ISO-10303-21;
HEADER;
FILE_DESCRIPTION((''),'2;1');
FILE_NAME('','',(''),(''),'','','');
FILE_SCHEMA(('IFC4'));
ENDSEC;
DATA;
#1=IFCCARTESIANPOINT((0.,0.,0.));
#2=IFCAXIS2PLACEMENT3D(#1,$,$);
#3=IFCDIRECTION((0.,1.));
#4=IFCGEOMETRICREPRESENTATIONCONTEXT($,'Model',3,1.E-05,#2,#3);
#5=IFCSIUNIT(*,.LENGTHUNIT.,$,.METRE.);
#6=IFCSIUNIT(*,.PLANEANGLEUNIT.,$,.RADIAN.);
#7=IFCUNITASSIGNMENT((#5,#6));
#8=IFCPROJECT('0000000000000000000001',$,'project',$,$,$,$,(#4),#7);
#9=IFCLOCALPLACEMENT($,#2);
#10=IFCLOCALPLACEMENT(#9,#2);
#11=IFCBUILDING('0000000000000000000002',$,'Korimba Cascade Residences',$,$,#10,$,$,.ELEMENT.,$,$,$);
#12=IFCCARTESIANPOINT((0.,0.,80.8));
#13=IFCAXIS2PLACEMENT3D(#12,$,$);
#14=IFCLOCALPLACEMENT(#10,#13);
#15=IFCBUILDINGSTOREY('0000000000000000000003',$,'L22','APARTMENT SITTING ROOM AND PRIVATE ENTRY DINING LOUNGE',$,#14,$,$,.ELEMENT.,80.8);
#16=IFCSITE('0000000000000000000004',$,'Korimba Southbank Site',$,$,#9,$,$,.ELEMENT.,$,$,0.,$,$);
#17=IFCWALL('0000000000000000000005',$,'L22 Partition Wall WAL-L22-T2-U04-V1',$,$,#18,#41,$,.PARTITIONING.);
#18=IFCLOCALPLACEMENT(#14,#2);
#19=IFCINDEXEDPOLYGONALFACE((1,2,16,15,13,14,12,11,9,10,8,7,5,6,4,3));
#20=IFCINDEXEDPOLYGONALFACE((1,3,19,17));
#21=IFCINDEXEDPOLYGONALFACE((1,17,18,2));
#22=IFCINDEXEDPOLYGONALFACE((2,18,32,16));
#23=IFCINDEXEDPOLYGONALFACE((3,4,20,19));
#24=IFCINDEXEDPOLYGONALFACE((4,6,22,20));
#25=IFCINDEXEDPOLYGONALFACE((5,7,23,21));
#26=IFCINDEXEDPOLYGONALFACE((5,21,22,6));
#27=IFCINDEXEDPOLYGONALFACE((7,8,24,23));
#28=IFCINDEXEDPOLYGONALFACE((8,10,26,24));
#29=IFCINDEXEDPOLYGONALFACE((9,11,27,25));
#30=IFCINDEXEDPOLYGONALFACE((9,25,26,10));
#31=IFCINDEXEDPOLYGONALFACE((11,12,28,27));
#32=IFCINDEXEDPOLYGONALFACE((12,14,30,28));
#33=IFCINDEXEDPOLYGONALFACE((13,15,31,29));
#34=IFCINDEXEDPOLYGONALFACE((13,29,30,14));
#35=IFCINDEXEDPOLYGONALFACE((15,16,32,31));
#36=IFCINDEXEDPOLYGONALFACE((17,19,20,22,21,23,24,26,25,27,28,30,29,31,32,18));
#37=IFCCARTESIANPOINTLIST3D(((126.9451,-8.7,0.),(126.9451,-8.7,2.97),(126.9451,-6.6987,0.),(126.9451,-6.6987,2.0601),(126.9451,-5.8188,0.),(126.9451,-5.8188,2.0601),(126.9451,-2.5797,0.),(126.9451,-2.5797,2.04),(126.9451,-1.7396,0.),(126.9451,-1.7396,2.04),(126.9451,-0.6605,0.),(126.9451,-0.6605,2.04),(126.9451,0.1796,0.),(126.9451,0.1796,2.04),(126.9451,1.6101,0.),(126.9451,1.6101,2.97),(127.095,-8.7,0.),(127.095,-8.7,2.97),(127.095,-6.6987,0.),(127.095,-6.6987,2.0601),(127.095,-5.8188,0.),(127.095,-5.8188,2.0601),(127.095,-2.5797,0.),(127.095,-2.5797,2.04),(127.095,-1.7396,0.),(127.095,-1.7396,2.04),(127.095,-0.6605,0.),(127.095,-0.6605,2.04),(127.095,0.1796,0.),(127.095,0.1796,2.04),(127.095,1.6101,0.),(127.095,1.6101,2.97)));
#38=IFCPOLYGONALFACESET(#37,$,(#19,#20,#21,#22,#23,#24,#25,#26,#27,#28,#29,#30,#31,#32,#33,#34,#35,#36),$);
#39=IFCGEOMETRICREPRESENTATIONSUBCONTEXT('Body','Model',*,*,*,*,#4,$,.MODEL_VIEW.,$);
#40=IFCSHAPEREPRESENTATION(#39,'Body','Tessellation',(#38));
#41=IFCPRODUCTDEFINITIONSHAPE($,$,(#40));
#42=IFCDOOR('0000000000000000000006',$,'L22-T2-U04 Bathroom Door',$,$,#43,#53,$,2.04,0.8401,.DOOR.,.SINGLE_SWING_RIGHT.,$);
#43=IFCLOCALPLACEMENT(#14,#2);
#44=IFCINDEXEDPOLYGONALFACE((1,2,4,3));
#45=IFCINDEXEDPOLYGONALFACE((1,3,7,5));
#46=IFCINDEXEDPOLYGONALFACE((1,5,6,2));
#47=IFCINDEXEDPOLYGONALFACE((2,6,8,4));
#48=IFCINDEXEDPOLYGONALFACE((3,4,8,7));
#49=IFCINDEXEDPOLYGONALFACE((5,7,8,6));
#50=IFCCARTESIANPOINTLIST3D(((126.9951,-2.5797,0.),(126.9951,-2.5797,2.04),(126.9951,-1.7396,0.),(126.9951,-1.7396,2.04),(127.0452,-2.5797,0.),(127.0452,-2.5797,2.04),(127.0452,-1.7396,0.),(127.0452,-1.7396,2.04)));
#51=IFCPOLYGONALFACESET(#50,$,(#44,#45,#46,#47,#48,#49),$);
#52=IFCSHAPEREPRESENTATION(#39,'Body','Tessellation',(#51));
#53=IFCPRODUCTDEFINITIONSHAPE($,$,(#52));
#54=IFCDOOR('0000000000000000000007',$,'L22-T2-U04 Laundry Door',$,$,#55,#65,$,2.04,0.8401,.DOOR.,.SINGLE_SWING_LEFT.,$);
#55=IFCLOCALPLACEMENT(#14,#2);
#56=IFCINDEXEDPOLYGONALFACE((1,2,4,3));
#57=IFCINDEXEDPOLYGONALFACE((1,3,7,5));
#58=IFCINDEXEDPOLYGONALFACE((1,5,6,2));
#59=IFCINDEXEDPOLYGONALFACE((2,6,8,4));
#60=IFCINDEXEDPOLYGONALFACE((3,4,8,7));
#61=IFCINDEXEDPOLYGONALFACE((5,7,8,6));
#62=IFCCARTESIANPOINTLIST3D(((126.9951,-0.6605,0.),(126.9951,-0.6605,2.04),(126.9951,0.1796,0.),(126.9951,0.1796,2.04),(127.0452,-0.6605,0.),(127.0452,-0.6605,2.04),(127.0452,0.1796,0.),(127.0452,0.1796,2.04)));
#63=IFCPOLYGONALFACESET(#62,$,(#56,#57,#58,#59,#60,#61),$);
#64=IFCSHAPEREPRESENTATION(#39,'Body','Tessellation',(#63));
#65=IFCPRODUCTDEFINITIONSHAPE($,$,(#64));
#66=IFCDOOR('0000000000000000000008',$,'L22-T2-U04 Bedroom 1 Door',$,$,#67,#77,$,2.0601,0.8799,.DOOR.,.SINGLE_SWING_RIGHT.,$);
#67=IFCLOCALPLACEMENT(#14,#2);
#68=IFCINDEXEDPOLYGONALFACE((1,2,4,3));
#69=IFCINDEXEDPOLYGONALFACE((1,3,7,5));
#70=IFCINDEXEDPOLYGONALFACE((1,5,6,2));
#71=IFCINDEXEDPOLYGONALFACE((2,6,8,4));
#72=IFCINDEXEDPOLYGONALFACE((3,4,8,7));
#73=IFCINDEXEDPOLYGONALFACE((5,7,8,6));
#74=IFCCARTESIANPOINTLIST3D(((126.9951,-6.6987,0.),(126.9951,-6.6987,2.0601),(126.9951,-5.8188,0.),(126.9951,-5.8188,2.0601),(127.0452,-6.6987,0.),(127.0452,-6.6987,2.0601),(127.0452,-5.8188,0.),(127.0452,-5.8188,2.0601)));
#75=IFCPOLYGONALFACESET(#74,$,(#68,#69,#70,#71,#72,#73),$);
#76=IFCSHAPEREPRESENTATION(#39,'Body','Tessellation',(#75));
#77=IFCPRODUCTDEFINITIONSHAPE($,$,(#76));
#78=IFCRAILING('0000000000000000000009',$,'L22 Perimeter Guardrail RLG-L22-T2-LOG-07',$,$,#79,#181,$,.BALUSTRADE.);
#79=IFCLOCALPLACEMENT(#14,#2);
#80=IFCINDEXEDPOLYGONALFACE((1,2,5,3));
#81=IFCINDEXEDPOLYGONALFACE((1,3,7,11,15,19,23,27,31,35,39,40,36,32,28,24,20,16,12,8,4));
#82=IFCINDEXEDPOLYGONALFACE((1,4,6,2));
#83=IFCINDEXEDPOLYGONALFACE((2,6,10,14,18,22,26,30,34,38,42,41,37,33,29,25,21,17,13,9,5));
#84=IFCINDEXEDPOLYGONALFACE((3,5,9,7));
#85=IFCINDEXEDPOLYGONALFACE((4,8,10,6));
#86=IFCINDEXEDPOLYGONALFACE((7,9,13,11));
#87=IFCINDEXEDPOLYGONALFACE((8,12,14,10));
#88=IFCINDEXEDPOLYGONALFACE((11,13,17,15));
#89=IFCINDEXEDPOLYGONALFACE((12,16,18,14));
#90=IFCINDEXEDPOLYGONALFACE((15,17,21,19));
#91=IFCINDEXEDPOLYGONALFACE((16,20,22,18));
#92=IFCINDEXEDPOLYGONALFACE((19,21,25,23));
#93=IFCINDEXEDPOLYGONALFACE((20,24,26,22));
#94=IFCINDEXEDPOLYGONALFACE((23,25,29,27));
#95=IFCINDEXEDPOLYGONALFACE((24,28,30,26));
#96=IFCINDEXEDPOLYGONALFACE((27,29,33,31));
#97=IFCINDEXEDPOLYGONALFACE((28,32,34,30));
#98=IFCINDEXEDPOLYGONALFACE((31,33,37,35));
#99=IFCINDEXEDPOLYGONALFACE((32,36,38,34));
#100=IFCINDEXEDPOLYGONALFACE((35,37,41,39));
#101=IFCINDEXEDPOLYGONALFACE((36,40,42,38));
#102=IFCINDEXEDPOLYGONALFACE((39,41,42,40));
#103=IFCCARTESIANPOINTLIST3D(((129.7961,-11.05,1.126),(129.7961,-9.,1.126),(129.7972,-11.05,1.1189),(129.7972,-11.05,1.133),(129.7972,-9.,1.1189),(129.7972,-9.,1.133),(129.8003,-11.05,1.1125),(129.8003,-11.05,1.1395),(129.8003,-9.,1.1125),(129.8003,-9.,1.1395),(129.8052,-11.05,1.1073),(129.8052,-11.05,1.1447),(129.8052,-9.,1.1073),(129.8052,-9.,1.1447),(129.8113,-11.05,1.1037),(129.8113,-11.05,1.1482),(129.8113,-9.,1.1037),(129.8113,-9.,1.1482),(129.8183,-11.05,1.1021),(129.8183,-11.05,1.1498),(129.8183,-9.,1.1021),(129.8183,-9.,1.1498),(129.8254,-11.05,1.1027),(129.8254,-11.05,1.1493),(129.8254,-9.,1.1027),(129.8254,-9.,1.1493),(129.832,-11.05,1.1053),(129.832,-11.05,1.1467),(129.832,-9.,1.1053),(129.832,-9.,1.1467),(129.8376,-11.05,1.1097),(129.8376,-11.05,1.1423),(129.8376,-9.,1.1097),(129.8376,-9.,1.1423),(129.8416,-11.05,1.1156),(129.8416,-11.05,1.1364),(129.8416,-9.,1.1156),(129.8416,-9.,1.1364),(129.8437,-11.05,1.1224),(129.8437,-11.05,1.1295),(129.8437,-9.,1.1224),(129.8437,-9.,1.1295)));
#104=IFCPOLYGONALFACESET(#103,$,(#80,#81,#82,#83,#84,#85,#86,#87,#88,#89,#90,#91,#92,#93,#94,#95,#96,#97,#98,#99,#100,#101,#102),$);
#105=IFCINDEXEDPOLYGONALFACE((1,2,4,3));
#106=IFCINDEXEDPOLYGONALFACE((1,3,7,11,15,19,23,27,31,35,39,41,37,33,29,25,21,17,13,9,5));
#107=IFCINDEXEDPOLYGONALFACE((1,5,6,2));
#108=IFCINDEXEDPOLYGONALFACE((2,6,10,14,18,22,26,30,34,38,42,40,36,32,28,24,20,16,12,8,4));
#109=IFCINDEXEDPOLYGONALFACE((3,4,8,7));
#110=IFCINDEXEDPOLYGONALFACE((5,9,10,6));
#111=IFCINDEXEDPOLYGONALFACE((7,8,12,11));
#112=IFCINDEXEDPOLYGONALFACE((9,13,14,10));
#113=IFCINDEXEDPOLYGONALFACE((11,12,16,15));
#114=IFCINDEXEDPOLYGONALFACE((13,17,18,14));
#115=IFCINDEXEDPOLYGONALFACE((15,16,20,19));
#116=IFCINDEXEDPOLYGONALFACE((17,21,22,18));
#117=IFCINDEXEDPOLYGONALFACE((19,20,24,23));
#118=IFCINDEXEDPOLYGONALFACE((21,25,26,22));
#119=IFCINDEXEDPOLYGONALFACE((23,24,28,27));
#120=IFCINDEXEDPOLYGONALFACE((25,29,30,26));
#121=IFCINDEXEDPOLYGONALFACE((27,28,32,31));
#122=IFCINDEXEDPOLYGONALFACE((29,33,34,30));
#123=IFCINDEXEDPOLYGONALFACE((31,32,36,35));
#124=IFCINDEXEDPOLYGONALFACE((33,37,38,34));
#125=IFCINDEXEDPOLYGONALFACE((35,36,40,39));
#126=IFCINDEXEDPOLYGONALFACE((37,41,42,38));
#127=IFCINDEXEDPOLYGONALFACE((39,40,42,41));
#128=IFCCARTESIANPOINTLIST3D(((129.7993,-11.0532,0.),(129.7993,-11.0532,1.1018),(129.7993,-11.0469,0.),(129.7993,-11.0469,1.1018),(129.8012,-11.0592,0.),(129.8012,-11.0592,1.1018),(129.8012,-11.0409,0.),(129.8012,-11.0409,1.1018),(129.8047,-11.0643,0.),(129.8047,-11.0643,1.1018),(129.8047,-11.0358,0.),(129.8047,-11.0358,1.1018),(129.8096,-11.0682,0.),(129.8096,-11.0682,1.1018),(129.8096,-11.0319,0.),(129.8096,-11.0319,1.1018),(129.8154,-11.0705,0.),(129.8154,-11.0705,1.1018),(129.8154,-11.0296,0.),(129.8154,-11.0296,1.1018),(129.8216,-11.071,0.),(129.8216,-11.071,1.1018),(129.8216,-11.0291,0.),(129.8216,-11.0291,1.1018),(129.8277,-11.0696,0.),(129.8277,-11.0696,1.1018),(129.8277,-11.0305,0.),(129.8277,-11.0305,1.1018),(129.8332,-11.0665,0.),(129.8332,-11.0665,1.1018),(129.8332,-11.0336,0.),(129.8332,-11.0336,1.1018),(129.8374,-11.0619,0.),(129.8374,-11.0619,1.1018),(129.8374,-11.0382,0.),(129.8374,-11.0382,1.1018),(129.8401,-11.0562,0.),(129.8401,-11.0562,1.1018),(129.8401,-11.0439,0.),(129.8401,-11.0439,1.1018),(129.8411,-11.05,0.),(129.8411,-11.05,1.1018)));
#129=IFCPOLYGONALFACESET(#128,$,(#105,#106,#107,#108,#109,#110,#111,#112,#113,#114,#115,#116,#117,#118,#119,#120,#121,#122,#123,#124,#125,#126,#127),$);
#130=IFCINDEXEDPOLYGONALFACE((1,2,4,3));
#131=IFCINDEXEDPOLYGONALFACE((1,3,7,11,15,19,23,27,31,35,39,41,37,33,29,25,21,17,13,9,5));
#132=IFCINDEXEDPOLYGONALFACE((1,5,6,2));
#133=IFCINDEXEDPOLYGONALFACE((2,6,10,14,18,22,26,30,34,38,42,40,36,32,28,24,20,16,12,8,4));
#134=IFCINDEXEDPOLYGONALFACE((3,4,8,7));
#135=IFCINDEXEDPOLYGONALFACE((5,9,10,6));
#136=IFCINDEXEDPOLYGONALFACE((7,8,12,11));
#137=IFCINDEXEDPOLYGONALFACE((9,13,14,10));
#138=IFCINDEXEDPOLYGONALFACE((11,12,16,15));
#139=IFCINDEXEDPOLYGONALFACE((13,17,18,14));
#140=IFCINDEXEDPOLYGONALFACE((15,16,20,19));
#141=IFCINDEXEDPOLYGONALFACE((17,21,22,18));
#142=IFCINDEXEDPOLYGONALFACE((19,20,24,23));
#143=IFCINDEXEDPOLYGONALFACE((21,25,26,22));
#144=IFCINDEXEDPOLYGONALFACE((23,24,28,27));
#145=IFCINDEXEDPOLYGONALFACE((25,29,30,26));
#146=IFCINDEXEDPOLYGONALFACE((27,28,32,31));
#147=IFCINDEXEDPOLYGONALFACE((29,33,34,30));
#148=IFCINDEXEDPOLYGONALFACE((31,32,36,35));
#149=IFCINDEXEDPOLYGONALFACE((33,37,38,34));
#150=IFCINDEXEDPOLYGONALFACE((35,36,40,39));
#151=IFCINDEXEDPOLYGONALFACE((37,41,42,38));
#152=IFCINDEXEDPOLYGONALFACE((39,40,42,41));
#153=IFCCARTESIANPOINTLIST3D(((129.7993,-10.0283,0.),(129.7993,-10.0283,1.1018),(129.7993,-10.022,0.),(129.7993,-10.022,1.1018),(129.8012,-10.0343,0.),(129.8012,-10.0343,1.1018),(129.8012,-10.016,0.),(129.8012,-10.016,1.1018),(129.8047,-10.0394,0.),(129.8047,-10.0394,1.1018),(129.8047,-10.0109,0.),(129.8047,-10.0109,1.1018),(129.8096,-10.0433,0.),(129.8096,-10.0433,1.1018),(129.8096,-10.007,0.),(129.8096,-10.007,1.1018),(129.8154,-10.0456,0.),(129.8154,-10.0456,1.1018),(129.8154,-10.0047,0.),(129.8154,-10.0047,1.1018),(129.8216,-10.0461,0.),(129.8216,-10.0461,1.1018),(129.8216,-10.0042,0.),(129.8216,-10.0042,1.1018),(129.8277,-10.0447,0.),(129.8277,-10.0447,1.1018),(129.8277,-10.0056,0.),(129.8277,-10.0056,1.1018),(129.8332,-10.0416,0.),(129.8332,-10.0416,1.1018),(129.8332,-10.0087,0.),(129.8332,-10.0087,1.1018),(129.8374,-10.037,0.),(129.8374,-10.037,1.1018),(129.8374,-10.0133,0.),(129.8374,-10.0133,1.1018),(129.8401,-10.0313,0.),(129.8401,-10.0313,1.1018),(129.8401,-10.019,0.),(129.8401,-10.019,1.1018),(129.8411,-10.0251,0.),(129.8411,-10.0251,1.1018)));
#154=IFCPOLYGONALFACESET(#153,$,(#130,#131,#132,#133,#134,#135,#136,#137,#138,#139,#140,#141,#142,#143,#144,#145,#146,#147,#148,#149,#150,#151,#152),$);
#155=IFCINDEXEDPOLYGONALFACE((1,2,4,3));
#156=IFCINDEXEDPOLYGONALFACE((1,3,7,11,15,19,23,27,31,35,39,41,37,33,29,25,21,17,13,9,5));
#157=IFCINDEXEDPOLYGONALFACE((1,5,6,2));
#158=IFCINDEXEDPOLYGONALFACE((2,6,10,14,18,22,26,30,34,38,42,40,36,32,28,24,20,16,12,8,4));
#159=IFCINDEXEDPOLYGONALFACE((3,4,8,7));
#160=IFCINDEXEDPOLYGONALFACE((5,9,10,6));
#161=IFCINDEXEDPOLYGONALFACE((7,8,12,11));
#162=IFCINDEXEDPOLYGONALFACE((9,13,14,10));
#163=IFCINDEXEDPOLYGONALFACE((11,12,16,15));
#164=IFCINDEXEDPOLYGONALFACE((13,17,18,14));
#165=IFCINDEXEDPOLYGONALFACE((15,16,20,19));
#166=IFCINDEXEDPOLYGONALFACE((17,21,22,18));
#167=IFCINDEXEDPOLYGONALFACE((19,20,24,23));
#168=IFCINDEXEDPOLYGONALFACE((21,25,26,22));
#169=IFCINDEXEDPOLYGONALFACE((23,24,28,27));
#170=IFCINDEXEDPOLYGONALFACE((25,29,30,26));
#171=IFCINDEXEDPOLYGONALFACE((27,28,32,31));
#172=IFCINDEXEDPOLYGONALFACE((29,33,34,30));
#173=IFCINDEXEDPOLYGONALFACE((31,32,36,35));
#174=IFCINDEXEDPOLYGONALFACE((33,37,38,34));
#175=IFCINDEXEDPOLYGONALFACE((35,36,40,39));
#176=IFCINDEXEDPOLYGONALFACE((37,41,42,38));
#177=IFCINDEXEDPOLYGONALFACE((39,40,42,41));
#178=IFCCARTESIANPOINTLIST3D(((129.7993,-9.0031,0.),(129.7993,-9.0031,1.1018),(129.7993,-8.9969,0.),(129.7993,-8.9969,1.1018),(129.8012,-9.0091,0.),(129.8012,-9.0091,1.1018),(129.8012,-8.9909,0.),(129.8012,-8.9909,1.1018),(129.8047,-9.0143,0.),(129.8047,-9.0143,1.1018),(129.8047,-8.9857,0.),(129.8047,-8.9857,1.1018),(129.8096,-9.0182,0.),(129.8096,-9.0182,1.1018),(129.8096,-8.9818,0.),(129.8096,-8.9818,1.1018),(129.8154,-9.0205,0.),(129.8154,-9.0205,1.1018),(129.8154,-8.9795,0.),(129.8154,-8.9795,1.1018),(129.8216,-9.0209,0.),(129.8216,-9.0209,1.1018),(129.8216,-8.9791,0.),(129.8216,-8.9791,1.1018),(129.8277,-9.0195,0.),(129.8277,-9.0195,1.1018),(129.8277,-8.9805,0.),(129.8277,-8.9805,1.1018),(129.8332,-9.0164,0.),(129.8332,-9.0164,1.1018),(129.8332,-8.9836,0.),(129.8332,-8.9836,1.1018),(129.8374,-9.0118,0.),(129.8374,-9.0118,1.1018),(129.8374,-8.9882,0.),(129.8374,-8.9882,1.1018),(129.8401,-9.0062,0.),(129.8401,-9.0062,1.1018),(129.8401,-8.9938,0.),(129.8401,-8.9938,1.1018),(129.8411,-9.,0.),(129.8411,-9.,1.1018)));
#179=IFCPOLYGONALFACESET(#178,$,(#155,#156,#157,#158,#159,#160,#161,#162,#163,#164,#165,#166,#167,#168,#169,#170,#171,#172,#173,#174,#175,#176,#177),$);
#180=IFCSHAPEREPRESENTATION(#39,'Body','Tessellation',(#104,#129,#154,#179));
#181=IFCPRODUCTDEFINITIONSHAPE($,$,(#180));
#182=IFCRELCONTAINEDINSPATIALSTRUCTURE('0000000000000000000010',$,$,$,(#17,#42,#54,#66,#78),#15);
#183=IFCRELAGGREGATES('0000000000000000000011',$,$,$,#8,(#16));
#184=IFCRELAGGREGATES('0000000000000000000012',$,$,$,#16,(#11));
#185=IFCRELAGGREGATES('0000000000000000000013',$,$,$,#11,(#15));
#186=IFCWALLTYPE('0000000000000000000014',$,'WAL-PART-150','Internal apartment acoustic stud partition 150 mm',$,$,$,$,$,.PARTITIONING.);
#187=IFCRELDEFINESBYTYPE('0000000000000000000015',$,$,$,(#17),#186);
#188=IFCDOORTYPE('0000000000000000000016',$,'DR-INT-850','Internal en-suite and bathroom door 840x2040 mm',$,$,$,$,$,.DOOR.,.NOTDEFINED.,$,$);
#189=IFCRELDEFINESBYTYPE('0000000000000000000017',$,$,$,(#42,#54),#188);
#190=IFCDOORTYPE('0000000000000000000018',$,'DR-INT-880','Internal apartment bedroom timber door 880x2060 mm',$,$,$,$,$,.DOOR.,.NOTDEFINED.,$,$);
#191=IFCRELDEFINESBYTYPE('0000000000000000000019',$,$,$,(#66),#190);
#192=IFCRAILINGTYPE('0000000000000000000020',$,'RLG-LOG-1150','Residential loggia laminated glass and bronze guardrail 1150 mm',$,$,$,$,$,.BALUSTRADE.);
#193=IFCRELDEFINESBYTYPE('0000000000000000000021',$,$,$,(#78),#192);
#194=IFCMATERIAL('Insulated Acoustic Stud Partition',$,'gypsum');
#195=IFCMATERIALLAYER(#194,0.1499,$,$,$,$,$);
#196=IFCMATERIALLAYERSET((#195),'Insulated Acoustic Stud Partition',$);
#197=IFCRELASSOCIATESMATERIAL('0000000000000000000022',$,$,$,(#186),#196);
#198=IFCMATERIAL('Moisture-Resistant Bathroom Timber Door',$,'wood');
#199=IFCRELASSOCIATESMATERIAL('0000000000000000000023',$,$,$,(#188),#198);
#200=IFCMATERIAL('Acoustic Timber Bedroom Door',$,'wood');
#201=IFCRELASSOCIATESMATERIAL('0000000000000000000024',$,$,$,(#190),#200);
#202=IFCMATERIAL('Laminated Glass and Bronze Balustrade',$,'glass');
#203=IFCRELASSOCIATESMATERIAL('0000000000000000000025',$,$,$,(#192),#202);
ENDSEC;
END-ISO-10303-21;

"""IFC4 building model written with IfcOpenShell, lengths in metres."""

from ifc_helpers import new_model, si_unit, direction, frame, frame_2d, origin, origin_2d, place, context, subcontext, project, spatial, rectangle, circle, extrude, material, layer, layer_set, type_object, element, fill, save


model = new_model("IFC4")

# Units and contexts
model_context = context("Model", 3, precision=1e-05, world=origin(), true_north=direction((0.0, 1.0)))
body_context = subcontext(model_context, "Body", "Model", "MODEL_VIEW")
ifc_project = project(units=[si_unit("LENGTHUNIT", "METRE"), si_unit("PLANEANGLEUNIT", "RADIAN")], contexts=[model_context])

# Site, building, storey
site_placement = place(None, origin())
site = spatial("IfcSite", under=ifc_project, at=site_placement, Name="Korimba Southbank Site", CompositionType="ELEMENT", RefElevation=0.0)
building_placement = place(site_placement, origin())
building = spatial("IfcBuilding", under=site, at=building_placement, Name="Korimba Cascade Residences", CompositionType="ELEMENT")
storey_placement = place(building_placement, frame((0.0, 0.0, 80.8)))
storey = spatial("IfcBuildingStorey", under=building, at=storey_placement, Name="L22", Description="APARTMENT SITTING ROOM AND PRIVATE ENTRY DINING LOUNGE", CompositionType="ELEMENT", Elevation=80.8)

# Wall, openings, doors
ifc_material_1 = material(Name="Insulated Acoustic Stud Partition", Category="gypsum")
ifc_layer_1 = layer(ifc_material_1, 0.1499)
ifc_layer_set_1 = layer_set([ifc_layer_1], Name="Insulated Acoustic Stud Partition")
wall_type_1 = type_object("IfcWallType", Name="WAL-PART-150", Description="Internal apartment acoustic stud partition 150 mm", PredefinedType="PARTITIONING", material=ifc_layer_set_1)
wall_1_placement = place(storey_placement, frame((127.02, -8.7, 0.0), z_axis=(0.0, 0.0, 1.0), x_axis=(0.0, 1.0, 0.0)))
wall_1 = element("IfcWall", 1, at=wall_1_placement, inside=storey, type_object=wall_type_1, Name="L22 Partition Wall WAL-L22-T2-U04-V1", PredefinedType="PARTITIONING", context=body_context, shape_type="SweptSolid", body=[
    extrude(rectangle(XDim=10.3101, YDim=0.1499, at=frame_2d((5.155, 0.0))), origin(), (0.0, 0.0, 1.0), 2.97),
])
opening_1_placement = place(wall_1_placement, frame((6.1204, 0.0, 0.0)))
opening_1 = element("IfcOpeningElement", 2, at=opening_1_placement, cuts=wall_1, PredefinedType="OPENING", context=body_context, shape_type="SweptSolid", body=[
    extrude(rectangle(XDim=0.8401, YDim=2.04, at=frame_2d((0.4199, 1.02))), frame((0.0, 0.085, 0.0), z_axis=(0.0, -1.0, 0.0), x_axis=(1.0, 0.0, 0.0)), (0.0, 0.0, 1.0), 0.1699),
])
opening_2_placement = place(wall_1_placement, frame((8.0396, 0.0, 0.0)))
opening_2 = element("IfcOpeningElement", 3, at=opening_2_placement, cuts=wall_1, PredefinedType="OPENING", context=body_context, shape_type="SweptSolid", body=[
    extrude(rectangle(XDim=0.8401, YDim=2.04, at=frame_2d((0.4199, 1.02))), frame((0.0, 0.085, 0.0), z_axis=(0.0, -1.0, 0.0), x_axis=(1.0, 0.0, 0.0)), (0.0, 0.0, 1.0), 0.1699),
])
opening_3_placement = place(wall_1_placement, frame((2.0012, 0.0, 0.0)))
opening_3 = element("IfcOpeningElement", 4, at=opening_3_placement, cuts=wall_1, PredefinedType="OPENING", context=body_context, shape_type="SweptSolid", body=[
    extrude(rectangle(XDim=0.8799, YDim=2.0601, at=frame_2d((0.4399, 1.03))), frame((0.0, 0.085, 0.0), z_axis=(0.0, -1.0, 0.0), x_axis=(1.0, 0.0, 0.0)), (0.0, 0.0, 1.0), 0.1699),
])
ifc_material_2 = material(Name="Moisture-Resistant Bathroom Timber Door", Category="wood")
door_type_1 = type_object("IfcDoorType", Name="DR-INT-850", Description="Internal en-suite and bathroom door 840x2040 mm", OperationType="NOTDEFINED", PredefinedType="DOOR", material=ifc_material_2)
door_1_placement = place(opening_1_placement, origin())
door_1 = element("IfcDoor", 5, at=door_1_placement, inside=storey, type_object=door_type_1, Name="L22-T2-U04 Bathroom Door", OperationType="SINGLE_SWING_RIGHT", OverallHeight=2.04, OverallWidth=0.8401, PredefinedType="DOOR", context=body_context, shape_type="SweptSolid", body=[
    extrude(rectangle(XDim=0.8401, YDim=2.04, at=frame_2d((0.4199, 1.02))), frame((0.0, 0.0249, 0.0), z_axis=(0.0, -1.0, 0.0), x_axis=(1.0, 0.0, 0.0)), (0.0, 0.0, 1.0), 0.05),
])
fill(opening_1, door_1)
door_2_placement = place(opening_2_placement, origin())
door_2 = element("IfcDoor", 6, at=door_2_placement, inside=storey, type_object=door_type_1, Name="L22-T2-U04 Laundry Door", OperationType="SINGLE_SWING_LEFT", OverallHeight=2.04, OverallWidth=0.8401, PredefinedType="DOOR", context=body_context, shape_type="SweptSolid", body=[
    extrude(rectangle(XDim=0.8401, YDim=2.04, at=frame_2d((0.4199, 1.02))), frame((0.0, 0.0249, 0.0), z_axis=(0.0, -1.0, 0.0), x_axis=(1.0, 0.0, 0.0)), (0.0, 0.0, 1.0), 0.05),
])
fill(opening_2, door_2)
ifc_material_3 = material(Name="Acoustic Timber Bedroom Door", Category="wood")
door_type_2 = type_object("IfcDoorType", Name="DR-INT-880", Description="Internal apartment bedroom timber door 880x2060 mm", OperationType="NOTDEFINED", PredefinedType="DOOR", material=ifc_material_3)
door_3_placement = place(opening_3_placement, origin())
door_3 = element("IfcDoor", 7, at=door_3_placement, inside=storey, type_object=door_type_2, Name="L22-T2-U04 Bedroom 1 Door", OperationType="SINGLE_SWING_RIGHT", OverallHeight=2.0601, OverallWidth=0.8799, PredefinedType="DOOR", context=body_context, shape_type="SweptSolid", body=[
    extrude(rectangle(XDim=0.8799, YDim=2.0601, at=frame_2d((0.4399, 1.03))), frame((0.0, 0.0249, 0.0), z_axis=(0.0, -1.0, 0.0), x_axis=(1.0, 0.0, 0.0)), (0.0, 0.0, 1.0), 0.05),
])
fill(opening_3, door_3)

# Railing
ifc_material_4 = material(Name="Laminated Glass and Bronze Balustrade", Category="glass")
railing_type = type_object("IfcRailingType", Name="RLG-LOG-1150", Description="Residential loggia laminated glass and bronze guardrail 1150 mm", PredefinedType="BALUSTRADE", material=ifc_material_4)
railing_1_placement = place(storey_placement, frame((129.8201, -11.05, 0.0)))
element("IfcRailing", 8, at=railing_1_placement, inside=storey, type_object=railing_type, Name="L22 Perimeter Guardrail RLG-L22-T2-LOG-07", PredefinedType="BALUSTRADE", context=body_context, shape_type="SweptSolid", body=[
    extrude(circle(Radius=0.0239, at=origin_2d()), frame((0.0, 0.0, 1.126), z_axis=(0.0, 1.0, 0.0), x_axis=(-1.0, 0.0, 0.0)), (0.0, 0.0, 1.0), 2.05),
    extrude(circle(Radius=0.021, at=origin_2d()), origin(), (0.0, 0.0, 1.0), 1.1018),
    extrude(circle(Radius=0.021, at=origin_2d()), frame((0.0, 1.0249, 0.0)), (0.0, 0.0, 1.0), 1.1018),
    extrude(circle(Radius=0.021, at=origin_2d()), frame((0.0, 2.05, 0.0)), (0.0, 0.0, 1.0), 1.1018),
])

save(model, "model.ifc")
